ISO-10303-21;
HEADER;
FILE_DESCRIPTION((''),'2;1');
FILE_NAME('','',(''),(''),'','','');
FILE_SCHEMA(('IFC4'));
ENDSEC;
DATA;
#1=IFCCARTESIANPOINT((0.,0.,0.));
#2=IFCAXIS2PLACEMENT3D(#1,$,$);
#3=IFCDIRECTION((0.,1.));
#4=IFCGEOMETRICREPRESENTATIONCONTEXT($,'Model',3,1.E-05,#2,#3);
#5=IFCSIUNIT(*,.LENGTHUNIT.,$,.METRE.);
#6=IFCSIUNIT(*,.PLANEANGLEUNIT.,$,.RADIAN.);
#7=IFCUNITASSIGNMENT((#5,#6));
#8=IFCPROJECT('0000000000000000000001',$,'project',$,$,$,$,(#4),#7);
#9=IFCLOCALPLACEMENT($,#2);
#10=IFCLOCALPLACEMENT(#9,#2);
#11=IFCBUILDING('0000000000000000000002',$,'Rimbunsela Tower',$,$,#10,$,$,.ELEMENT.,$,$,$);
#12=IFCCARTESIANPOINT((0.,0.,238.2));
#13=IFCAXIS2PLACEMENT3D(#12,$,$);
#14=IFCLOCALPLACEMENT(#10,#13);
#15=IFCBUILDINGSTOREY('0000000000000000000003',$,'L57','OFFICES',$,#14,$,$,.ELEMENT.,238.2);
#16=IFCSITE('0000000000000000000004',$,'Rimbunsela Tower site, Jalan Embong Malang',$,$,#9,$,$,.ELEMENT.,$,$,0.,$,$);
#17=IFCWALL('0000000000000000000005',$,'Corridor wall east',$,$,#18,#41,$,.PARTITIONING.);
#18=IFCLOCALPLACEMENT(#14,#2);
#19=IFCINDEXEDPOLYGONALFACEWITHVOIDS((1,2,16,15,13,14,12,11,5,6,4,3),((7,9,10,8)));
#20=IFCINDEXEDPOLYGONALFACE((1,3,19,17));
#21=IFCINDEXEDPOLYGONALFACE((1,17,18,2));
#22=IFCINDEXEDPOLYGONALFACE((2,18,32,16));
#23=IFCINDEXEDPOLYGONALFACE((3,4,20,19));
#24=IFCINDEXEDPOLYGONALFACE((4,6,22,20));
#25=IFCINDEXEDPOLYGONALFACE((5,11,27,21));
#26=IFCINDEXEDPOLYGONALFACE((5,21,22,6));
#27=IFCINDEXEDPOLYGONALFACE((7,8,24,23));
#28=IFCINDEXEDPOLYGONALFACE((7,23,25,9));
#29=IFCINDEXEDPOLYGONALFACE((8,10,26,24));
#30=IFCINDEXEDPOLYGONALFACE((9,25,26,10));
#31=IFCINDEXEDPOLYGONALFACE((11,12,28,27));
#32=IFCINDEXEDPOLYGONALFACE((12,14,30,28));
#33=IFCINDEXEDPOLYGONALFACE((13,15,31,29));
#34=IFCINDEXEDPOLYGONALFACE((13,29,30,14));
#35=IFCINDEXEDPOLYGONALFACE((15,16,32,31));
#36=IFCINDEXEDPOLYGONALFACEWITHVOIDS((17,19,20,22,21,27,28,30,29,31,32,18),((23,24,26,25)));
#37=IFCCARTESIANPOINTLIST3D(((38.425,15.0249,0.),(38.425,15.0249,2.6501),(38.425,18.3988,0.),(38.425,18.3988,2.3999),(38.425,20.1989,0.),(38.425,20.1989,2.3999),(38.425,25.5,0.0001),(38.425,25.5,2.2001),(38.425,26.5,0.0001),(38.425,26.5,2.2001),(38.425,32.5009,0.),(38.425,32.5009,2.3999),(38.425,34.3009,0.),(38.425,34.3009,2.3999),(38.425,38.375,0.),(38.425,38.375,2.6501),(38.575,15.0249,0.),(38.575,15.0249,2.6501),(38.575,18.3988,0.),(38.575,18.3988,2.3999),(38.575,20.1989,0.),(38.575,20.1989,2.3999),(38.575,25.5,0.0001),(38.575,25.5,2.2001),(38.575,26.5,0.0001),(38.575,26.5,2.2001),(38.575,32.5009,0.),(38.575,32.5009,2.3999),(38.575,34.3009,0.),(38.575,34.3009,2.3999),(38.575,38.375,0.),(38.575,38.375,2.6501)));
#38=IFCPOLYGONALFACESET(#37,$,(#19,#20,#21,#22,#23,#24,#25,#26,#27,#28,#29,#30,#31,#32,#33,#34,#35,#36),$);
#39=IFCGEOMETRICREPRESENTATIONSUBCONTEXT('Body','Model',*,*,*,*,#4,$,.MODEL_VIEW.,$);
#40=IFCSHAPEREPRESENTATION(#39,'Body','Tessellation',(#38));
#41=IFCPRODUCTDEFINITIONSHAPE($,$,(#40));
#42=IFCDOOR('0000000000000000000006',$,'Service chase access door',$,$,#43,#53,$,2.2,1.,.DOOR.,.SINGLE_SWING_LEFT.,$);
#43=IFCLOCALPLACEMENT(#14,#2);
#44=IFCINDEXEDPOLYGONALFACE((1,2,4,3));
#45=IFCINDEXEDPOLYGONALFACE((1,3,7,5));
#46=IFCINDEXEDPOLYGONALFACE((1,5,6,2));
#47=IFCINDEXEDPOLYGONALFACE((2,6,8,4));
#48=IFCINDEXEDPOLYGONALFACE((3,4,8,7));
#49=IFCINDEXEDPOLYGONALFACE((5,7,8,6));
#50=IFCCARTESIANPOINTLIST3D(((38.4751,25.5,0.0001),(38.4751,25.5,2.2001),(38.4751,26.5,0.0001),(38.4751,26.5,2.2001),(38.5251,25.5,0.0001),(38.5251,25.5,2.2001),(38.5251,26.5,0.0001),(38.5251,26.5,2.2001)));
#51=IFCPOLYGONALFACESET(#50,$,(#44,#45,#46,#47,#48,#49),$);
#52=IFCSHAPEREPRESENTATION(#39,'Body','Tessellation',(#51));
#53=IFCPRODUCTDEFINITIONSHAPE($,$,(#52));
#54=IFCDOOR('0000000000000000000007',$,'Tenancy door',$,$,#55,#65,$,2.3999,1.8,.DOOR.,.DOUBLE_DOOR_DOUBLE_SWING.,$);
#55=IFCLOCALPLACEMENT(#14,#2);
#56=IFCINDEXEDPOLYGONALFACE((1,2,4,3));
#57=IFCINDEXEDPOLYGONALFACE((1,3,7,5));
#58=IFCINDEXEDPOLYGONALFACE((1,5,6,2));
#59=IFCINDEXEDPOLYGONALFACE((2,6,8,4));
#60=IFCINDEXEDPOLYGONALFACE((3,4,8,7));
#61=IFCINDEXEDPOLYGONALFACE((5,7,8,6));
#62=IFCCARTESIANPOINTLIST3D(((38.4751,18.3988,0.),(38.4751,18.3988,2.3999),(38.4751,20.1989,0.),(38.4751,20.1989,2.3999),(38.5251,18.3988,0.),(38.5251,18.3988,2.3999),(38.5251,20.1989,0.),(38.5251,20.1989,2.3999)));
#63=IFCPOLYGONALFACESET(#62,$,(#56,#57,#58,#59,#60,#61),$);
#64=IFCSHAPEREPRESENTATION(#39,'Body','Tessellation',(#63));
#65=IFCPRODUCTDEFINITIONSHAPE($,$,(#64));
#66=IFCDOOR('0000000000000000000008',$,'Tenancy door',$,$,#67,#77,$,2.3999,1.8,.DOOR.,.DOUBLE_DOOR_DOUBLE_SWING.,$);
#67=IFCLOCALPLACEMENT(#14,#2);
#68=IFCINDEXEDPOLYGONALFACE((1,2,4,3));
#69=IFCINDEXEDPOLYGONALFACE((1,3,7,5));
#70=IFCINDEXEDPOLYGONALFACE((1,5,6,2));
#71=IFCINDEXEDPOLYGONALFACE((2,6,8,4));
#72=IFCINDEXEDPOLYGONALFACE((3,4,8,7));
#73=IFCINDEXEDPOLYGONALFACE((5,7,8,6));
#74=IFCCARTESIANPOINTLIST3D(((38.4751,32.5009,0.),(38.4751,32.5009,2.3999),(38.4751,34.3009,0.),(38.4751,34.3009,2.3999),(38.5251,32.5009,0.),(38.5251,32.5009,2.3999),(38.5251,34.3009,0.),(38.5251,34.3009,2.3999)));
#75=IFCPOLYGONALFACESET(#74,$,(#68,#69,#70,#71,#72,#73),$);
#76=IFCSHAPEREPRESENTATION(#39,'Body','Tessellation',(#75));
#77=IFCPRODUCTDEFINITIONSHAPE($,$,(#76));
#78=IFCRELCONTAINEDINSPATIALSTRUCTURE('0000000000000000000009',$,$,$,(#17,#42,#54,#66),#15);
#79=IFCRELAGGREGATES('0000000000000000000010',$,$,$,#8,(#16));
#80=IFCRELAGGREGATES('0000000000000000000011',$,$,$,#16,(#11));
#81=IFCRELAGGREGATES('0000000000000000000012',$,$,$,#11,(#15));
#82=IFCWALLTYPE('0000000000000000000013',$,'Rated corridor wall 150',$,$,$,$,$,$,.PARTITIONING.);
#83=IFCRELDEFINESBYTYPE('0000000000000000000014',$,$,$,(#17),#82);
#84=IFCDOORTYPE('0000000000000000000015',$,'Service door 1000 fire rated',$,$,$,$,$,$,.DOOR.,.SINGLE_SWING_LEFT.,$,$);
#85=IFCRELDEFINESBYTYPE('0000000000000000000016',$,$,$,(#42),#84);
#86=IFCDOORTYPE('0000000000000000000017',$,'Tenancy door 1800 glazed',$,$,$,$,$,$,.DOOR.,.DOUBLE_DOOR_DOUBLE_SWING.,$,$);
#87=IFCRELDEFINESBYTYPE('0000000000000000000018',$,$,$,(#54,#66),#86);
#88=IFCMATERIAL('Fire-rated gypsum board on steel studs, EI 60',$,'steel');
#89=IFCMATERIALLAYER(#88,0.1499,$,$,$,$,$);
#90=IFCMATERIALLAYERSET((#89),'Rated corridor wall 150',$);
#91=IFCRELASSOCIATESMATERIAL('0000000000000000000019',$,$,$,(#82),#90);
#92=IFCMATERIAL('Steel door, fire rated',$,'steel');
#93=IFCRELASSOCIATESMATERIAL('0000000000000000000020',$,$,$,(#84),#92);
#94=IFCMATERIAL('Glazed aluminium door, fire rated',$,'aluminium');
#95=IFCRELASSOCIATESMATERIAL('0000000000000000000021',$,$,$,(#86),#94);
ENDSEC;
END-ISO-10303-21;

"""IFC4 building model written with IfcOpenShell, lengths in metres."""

from ifc_helpers import new_model, si_unit, direction, frame, frame_2d, origin, place, context, subcontext, project, spatial, rectangle, extrude, material, layer, layer_set, type_object, element, fill, save


model = new_model("IFC4")

# Units and contexts
model_context = context("Model", 3, precision=1e-05, world=origin(), true_north=direction((0.0, 1.0)))
body_context = subcontext(model_context, "Body", "Model", "MODEL_VIEW")
ifc_project = project(units=[si_unit("LENGTHUNIT", "METRE"), si_unit("PLANEANGLEUNIT", "RADIAN")], contexts=[model_context])

# Site, building, storey
site_placement = place(None, origin())
site = spatial("IfcSite", under=ifc_project, at=site_placement, Name="Rimbunsela Tower site, Jalan Embong Malang", CompositionType="ELEMENT", RefElevation=0.0)
building_placement = place(site_placement, origin())
building = spatial("IfcBuilding", under=site, at=building_placement, Name="Rimbunsela Tower", CompositionType="ELEMENT")
storey_placement = place(building_placement, frame((0.0, 0.0, 238.2)))
storey = spatial("IfcBuildingStorey", under=building, at=storey_placement, Name="L57", Description="OFFICES", CompositionType="ELEMENT", Elevation=238.2)

# Wall, openings, doors
ifc_material_1 = material(Name="Fire-rated gypsum board on steel studs, EI 60", Category="steel")
ifc_layer_1 = layer(ifc_material_1, 0.1499)
ifc_layer_set_1 = layer_set([ifc_layer_1], Name="Rated corridor wall 150")
wall_type_1 = type_object("IfcWallType", Name="Rated corridor wall 150", PredefinedType="PARTITIONING", material=ifc_layer_set_1)
wall_1_placement = place(storey_placement, frame((38.5, 15.0249, 0.0), z_axis=(0.0, 0.0, 1.0), x_axis=(0.0, 1.0, 0.0)))
wall_1 = element("IfcWall", 1, at=wall_1_placement, inside=storey, type_object=wall_type_1, Name="Corridor wall east", PredefinedType="PARTITIONING", context=body_context, shape_type="SweptSolid", body=[
    extrude(rectangle(XDim=23.3501, YDim=0.1499, at=frame_2d((11.675, 0.0))), origin(), (0.0, 0.0, 1.0), 2.6501),
])
opening_1_placement = place(wall_1_placement, frame((3.374, 0.0, 0.0)))
opening_1 = element("IfcOpeningElement", 2, at=opening_1_placement, cuts=wall_1, PredefinedType="OPENING", context=body_context, shape_type="SweptSolid", body=[
    extrude(rectangle(XDim=1.8, YDim=2.3999, at=frame_2d((0.8999, 1.2))), frame((0.0, 0.085, 0.0), z_axis=(0.0, -1.0, 0.0), x_axis=(1.0, 0.0, 0.0)), (0.0, 0.0, 1.0), 0.1699),
])
opening_2_placement = place(wall_1_placement, frame((17.4761, 0.0, 0.0)))
opening_2 = element("IfcOpeningElement", 3, at=opening_2_placement, cuts=wall_1, PredefinedType="OPENING", context=body_context, shape_type="SweptSolid", body=[
    extrude(rectangle(XDim=1.8, YDim=2.3999, at=frame_2d((0.8999, 1.2))), frame((0.0, 0.085, 0.0), z_axis=(0.0, -1.0, 0.0), x_axis=(1.0, 0.0, 0.0)), (0.0, 0.0, 1.0), 0.1699),
])
opening_3_placement = place(wall_1_placement, frame((10.4751, 0.0, 0.0)))
opening_3 = element("IfcOpeningElement", 4, at=opening_3_placement, cuts=wall_1, PredefinedType="OPENING", context=body_context, shape_type="SweptSolid", body=[
    extrude(rectangle(XDim=1.0, YDim=2.2, at=frame_2d((0.5, 1.1001))), frame((0.0, 0.085, 0.0), z_axis=(0.0, -1.0, 0.0), x_axis=(1.0, 0.0, 0.0)), (0.0, 0.0, 1.0), 0.1699),
])
ifc_material_2 = material(Name="Steel door, fire rated", Category="steel")
door_type_1 = type_object("IfcDoorType", Name="Service door 1000 fire rated", OperationType="SINGLE_SWING_LEFT", PredefinedType="DOOR", material=ifc_material_2)
door_1_placement = place(opening_3_placement, origin())
door_1 = element("IfcDoor", 5, at=door_1_placement, inside=storey, type_object=door_type_1, Name="Service chase access door", OperationType="SINGLE_SWING_LEFT", OverallHeight=2.2, OverallWidth=1.0, PredefinedType="DOOR", context=body_context, shape_type="SweptSolid", body=[
    extrude(rectangle(XDim=1.0, YDim=2.2, at=frame_2d((0.5, 1.1001))), frame((0.0, 0.0249, 0.0), z_axis=(0.0, -1.0, 0.0), x_axis=(1.0, 0.0, 0.0)), (0.0, 0.0, 1.0), 0.05),
])
fill(opening_3, door_1)
ifc_material_3 = material(Name="Glazed aluminium door, fire rated", Category="aluminium")
door_type_2 = type_object("IfcDoorType", Name="Tenancy door 1800 glazed", OperationType="DOUBLE_DOOR_DOUBLE_SWING", PredefinedType="DOOR", material=ifc_material_3)
door_2_placement = place(opening_1_placement, origin())
door_2 = element("IfcDoor", 6, at=door_2_placement, inside=storey, type_object=door_type_2, Name="Tenancy door", OperationType="DOUBLE_DOOR_DOUBLE_SWING", OverallHeight=2.3999, OverallWidth=1.8, PredefinedType="DOOR", context=body_context, shape_type="SweptSolid", body=[
    extrude(rectangle(XDim=1.8, YDim=2.3999, at=frame_2d((0.8999, 1.2))), frame((0.0, 0.0249, 0.0), z_axis=(0.0, -1.0, 0.0), x_axis=(1.0, 0.0, 0.0)), (0.0, 0.0, 1.0), 0.05),
])
fill(opening_1, door_2)
door_3_placement = place(opening_2_placement, origin())
door_3 = element("IfcDoor", 7, at=door_3_placement, inside=storey, type_object=door_type_2, Name="Tenancy door", OperationType="DOUBLE_DOOR_DOUBLE_SWING", OverallHeight=2.3999, OverallWidth=1.8, PredefinedType="DOOR", context=body_context, shape_type="SweptSolid", body=[
    extrude(rectangle(XDim=1.8, YDim=2.3999, at=frame_2d((0.8999, 1.2))), frame((0.0, 0.0249, 0.0), z_axis=(0.0, -1.0, 0.0), x_axis=(1.0, 0.0, 0.0)), (0.0, 0.0, 1.0), 0.05),
])
fill(opening_2, door_3)

save(model, "model.ifc")
